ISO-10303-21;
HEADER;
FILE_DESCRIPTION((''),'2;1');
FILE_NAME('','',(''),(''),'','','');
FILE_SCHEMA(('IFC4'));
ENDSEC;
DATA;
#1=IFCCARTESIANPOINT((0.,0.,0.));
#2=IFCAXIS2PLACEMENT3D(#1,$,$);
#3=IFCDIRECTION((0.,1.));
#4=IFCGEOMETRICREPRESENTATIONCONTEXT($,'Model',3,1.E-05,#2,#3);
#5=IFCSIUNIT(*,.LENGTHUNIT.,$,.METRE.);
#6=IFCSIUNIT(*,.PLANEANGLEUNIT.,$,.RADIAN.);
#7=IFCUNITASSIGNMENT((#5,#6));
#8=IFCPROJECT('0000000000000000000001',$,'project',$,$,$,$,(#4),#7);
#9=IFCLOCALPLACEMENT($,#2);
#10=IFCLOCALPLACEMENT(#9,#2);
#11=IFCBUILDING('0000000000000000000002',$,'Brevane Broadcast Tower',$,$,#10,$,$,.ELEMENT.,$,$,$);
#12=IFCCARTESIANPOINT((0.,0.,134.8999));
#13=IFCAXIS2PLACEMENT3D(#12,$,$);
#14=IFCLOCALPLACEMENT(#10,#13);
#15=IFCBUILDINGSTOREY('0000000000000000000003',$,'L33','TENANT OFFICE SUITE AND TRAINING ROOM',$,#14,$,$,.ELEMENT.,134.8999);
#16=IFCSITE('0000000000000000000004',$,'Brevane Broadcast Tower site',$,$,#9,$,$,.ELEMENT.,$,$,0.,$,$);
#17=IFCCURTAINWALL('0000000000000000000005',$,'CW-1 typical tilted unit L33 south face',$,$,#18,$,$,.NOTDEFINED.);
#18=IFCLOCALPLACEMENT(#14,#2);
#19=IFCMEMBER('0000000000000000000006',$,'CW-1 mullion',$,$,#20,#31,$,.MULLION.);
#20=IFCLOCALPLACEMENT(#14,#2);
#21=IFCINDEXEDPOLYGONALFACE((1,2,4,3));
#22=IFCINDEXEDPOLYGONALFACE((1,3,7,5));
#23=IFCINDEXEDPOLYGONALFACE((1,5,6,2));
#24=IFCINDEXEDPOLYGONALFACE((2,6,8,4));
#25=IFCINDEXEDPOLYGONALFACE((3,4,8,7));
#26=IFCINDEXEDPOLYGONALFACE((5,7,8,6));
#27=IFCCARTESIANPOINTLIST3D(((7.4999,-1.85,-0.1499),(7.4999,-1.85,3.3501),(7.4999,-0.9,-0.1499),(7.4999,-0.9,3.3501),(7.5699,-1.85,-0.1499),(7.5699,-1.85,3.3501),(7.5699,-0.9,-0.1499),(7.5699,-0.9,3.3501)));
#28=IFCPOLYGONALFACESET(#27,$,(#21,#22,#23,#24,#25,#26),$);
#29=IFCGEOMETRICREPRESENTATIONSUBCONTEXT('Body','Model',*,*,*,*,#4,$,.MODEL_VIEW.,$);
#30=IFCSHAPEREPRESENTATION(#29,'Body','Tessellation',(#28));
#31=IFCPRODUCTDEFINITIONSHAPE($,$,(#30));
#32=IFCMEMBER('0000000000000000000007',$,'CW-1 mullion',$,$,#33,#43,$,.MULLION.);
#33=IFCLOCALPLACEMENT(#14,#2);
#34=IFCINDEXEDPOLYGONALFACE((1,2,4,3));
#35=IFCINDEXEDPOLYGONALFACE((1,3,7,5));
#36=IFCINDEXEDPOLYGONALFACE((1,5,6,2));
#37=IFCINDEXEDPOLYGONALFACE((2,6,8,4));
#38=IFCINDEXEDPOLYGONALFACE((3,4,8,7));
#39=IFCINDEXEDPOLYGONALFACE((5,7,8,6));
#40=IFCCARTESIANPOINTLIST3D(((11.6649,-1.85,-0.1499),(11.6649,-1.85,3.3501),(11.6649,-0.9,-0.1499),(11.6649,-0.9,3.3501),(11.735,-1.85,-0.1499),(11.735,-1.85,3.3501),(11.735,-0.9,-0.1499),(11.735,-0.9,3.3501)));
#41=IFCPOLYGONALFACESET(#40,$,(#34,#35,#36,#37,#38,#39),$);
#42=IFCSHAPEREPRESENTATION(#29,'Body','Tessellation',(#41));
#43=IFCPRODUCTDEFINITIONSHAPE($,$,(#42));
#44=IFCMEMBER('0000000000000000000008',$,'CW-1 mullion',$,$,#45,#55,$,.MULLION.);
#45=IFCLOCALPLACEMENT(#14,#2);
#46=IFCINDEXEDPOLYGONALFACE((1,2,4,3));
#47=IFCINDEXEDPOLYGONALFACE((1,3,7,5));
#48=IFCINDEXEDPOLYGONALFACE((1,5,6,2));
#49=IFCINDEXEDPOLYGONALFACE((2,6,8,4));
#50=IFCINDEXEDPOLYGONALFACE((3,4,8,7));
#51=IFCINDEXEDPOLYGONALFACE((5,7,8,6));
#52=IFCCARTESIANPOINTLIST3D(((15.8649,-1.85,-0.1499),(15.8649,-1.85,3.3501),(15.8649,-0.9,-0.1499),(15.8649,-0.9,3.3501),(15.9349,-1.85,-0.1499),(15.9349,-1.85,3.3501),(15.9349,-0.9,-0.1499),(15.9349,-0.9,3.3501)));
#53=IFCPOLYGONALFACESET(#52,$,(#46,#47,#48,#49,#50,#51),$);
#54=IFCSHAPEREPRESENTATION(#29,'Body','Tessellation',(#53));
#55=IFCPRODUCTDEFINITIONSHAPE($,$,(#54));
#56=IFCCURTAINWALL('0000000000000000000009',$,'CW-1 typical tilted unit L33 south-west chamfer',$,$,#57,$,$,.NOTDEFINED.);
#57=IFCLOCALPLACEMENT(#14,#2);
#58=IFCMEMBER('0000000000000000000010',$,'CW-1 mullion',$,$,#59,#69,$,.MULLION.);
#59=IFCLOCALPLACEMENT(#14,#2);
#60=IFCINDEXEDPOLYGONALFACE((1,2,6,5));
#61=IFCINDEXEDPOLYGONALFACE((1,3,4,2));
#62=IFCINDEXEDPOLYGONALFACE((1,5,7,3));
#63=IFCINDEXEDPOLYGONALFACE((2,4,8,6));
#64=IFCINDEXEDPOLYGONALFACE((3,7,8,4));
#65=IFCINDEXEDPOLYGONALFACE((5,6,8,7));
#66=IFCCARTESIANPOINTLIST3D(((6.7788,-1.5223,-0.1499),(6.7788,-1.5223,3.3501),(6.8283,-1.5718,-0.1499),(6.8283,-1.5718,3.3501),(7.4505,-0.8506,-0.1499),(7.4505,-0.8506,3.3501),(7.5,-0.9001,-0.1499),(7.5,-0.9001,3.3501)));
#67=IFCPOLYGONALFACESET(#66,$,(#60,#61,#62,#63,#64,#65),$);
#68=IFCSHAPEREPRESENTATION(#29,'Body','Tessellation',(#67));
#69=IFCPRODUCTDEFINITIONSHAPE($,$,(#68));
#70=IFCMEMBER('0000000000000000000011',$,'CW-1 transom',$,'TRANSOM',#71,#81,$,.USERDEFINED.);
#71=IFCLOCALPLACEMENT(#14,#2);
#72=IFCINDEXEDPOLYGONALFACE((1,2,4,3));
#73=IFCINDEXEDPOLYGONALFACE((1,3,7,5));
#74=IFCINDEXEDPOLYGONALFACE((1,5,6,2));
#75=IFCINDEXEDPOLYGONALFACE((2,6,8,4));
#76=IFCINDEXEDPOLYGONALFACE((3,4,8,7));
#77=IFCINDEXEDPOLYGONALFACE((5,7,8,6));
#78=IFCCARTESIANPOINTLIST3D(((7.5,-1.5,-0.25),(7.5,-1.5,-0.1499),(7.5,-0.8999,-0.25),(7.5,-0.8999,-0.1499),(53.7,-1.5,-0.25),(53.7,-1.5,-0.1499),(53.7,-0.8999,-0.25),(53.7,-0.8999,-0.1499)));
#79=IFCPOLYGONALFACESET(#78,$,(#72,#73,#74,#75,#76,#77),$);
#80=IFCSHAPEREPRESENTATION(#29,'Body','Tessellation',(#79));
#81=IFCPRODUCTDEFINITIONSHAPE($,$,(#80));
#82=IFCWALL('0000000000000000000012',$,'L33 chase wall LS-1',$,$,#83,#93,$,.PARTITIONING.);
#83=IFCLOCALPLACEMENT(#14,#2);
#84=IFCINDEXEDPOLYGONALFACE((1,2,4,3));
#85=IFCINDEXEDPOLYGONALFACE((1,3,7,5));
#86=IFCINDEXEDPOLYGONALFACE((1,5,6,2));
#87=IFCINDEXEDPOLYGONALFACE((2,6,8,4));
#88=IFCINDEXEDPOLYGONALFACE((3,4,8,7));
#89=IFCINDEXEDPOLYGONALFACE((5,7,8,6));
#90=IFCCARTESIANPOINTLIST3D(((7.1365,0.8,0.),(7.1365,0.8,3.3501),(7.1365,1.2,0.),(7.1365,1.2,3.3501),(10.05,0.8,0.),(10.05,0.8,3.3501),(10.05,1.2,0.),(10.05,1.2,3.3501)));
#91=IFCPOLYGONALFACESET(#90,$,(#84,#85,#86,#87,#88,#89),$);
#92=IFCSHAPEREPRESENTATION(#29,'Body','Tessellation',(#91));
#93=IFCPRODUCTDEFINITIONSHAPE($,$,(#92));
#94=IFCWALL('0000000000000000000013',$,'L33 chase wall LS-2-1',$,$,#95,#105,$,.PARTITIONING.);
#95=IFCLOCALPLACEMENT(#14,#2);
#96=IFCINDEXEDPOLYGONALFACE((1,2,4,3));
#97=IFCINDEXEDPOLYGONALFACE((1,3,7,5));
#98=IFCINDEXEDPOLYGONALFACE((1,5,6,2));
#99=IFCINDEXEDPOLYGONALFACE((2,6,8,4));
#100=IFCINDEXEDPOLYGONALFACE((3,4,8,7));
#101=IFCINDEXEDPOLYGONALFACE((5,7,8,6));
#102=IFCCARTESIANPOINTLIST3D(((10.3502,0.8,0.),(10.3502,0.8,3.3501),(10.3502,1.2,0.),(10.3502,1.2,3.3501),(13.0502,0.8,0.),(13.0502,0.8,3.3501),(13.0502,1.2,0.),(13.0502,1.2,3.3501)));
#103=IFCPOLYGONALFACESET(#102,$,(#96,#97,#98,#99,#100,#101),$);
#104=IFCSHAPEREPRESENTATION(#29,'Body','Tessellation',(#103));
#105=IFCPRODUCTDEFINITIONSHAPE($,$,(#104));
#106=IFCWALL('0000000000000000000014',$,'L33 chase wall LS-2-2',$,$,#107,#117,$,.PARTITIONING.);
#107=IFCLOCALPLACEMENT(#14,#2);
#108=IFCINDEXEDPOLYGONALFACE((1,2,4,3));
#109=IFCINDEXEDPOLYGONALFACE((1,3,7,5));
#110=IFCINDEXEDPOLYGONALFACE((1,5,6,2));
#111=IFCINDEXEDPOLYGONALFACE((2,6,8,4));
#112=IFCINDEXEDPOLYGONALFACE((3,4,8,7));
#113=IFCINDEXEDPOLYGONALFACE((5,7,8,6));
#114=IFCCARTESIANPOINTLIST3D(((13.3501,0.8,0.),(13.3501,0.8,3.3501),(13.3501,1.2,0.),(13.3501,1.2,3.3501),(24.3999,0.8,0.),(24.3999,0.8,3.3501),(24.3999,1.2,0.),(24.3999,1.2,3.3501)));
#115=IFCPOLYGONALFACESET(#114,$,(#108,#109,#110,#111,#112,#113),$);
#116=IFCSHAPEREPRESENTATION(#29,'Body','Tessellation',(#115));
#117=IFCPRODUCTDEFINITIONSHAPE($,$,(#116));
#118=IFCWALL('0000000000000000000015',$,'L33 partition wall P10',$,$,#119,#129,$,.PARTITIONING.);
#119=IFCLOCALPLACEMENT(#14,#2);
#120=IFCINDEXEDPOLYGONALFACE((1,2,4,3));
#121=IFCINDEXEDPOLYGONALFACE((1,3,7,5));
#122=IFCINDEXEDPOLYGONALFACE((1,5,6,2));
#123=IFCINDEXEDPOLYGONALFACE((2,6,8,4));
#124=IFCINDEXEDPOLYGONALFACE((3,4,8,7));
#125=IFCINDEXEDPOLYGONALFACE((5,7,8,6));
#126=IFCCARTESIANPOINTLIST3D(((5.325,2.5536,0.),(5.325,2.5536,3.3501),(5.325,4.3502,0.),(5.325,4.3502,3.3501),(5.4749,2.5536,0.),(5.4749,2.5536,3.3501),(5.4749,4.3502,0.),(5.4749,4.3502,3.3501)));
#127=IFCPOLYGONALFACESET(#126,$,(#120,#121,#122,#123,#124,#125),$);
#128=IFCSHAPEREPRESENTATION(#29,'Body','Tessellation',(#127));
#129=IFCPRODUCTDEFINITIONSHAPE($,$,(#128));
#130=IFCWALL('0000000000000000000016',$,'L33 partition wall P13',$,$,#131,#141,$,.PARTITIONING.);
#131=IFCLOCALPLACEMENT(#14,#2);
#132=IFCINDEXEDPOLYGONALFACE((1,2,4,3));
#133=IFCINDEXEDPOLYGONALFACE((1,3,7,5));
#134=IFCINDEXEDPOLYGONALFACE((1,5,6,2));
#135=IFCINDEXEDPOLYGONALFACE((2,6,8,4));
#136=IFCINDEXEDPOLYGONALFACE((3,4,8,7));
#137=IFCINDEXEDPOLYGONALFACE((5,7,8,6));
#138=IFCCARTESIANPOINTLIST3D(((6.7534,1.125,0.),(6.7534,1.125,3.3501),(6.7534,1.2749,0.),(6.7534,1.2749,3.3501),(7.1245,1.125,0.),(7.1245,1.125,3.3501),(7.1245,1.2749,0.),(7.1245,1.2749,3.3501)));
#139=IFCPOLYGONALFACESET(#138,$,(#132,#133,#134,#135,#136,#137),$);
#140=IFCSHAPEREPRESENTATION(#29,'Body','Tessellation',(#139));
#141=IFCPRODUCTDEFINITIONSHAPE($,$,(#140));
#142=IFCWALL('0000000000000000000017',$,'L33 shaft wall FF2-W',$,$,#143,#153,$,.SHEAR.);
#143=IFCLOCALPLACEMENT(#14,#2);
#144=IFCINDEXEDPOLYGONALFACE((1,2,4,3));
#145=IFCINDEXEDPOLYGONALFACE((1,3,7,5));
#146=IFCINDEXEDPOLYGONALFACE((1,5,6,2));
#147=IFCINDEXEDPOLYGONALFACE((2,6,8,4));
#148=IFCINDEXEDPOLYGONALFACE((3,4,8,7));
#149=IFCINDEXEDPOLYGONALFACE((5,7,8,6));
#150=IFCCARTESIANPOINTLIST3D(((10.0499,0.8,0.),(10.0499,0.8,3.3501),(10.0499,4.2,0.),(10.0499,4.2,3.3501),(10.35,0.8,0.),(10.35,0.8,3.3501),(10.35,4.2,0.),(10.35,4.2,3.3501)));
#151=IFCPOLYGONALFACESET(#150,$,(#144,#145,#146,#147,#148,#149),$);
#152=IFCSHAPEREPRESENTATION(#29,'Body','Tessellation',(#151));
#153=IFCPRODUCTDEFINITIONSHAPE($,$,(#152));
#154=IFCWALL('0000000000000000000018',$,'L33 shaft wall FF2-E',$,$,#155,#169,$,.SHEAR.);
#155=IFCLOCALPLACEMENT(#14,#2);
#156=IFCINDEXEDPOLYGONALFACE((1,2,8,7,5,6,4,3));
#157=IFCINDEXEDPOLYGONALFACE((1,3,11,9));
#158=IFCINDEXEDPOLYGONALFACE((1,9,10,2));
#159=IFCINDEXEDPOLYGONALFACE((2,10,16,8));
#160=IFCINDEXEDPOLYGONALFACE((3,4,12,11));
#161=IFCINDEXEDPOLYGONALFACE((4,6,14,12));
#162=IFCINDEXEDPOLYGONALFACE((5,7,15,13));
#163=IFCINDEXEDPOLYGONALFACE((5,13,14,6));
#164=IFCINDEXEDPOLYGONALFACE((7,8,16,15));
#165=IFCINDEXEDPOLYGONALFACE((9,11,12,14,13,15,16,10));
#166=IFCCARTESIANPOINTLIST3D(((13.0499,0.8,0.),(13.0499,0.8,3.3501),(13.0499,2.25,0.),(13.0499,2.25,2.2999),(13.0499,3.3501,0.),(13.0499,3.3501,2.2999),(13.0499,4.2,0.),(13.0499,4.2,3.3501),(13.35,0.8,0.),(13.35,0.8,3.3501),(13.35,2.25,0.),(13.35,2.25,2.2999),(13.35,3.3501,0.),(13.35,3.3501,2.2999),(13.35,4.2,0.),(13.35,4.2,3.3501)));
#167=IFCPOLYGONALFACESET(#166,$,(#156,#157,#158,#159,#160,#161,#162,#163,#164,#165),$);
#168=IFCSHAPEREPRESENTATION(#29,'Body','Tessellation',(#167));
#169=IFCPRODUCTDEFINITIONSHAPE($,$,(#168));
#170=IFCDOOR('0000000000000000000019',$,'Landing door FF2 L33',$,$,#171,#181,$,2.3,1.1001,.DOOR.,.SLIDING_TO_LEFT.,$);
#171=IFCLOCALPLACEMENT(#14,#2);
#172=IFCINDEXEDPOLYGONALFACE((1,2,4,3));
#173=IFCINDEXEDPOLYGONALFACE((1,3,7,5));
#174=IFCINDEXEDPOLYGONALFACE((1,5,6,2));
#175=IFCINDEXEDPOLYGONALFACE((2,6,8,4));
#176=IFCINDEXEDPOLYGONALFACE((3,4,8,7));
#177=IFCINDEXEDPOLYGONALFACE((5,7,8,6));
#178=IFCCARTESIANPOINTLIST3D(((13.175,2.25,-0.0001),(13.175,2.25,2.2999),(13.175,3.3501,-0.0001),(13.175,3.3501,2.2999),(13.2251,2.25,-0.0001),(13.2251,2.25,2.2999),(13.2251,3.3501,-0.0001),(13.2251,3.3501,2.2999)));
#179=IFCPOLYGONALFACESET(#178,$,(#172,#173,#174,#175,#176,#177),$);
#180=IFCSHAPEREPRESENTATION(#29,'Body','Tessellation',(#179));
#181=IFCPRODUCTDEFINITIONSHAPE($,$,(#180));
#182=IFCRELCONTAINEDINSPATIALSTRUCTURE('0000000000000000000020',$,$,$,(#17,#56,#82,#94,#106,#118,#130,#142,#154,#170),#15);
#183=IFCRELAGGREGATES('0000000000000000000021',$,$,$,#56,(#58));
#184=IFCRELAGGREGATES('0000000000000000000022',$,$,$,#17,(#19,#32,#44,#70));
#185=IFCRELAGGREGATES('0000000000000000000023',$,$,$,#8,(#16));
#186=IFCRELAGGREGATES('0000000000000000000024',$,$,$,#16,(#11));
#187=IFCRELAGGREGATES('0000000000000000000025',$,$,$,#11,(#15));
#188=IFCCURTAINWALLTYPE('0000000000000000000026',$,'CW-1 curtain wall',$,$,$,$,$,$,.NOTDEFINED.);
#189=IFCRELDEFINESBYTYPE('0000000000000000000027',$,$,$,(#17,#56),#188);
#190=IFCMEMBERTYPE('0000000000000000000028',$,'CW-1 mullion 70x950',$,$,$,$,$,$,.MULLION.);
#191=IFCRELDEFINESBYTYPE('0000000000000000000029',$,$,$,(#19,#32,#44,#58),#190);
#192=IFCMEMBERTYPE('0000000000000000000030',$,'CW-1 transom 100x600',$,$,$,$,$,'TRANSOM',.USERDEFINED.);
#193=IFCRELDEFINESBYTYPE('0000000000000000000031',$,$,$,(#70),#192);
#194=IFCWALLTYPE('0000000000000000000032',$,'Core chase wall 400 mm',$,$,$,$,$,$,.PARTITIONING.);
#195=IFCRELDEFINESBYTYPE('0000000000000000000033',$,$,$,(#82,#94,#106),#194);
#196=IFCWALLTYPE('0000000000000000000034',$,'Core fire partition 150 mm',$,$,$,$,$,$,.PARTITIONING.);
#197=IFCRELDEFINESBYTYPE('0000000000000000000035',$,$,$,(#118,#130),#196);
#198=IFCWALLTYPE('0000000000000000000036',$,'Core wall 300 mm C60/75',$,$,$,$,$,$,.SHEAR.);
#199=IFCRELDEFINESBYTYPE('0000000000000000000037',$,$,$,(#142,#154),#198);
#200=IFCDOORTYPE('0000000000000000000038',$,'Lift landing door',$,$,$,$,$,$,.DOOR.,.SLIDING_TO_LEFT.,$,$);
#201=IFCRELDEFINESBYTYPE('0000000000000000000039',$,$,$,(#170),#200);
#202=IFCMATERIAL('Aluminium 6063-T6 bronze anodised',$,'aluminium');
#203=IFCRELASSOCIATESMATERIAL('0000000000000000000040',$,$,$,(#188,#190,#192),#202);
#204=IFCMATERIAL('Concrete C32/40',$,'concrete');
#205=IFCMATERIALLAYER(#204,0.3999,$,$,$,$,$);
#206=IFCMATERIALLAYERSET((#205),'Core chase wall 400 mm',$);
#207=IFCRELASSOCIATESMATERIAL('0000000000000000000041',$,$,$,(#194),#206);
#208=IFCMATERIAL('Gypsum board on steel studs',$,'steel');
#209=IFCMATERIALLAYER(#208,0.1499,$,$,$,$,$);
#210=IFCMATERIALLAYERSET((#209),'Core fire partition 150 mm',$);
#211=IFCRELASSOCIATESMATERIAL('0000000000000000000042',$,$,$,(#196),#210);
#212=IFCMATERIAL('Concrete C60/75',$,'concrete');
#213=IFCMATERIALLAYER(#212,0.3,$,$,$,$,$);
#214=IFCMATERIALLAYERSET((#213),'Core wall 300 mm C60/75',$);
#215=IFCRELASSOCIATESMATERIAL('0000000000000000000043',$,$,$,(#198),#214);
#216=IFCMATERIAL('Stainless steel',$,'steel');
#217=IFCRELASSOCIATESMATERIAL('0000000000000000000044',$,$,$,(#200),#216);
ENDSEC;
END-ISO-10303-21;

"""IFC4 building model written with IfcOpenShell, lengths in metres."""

from ifc_helpers import new_model, si_unit, direction, frame, frame_2d, origin, origin_2d, place, context, subcontext, project, spatial, rectangle, extrude, material, layer, layer_set, material_profile, profile_set, type_object, element, fill, aggregate, save


model = new_model("IFC4")

# Units and contexts
model_context = context("Model", 3, precision=1e-05, world=origin(), true_north=direction((0.0, 1.0)))
body_context = subcontext(model_context, "Body", "Model", "MODEL_VIEW")
ifc_project = project(units=[si_unit("LENGTHUNIT", "METRE"), si_unit("PLANEANGLEUNIT", "RADIAN")], contexts=[model_context])

# Site, building, storey
site_placement = place(None, origin())
site = spatial("IfcSite", under=ifc_project, at=site_placement, Name="Brevane Broadcast Tower site", CompositionType="ELEMENT", RefElevation=0.0)
building_placement = place(site_placement, origin())
building = spatial("IfcBuilding", under=site, at=building_placement, Name="Brevane Broadcast Tower", CompositionType="ELEMENT")
storey_placement = place(building_placement, frame((0.0, 0.0, 134.8999)))
storey = spatial("IfcBuildingStorey", under=building, at=storey_placement, Name="L33", Description="TENANT OFFICE SUITE AND TRAINING ROOM", CompositionType="ELEMENT", Elevation=134.8999)

# Curtain wall, members
ifc_material_1 = material(Name="Aluminium 6063-T6 bronze anodised", Category="aluminium")
curtain_wall_type = type_object("IfcCurtainWallType", Name="CW-1 curtain wall", PredefinedType="NOTDEFINED", material=ifc_material_1)
curtain_wall_1_placement = place(storey_placement, origin())
curtain_wall_1 = element("IfcCurtainWall", 1, at=curtain_wall_1_placement, inside=storey, type_object=curtain_wall_type, Name="CW-1 typical tilted unit L33 south face", PredefinedType="NOTDEFINED")
ifc_material_profile_1 = material_profile(ifc_material_1, rectangle(XDim=0.95, YDim=0.0701, at=origin_2d()), Name="RECT 70x950")
ifc_profile_set_1 = profile_set([ifc_material_profile_1], Name="Aluminium 6063-T6 bronze anodised")
member_type_1 = type_object("IfcMemberType", Name="CW-1 mullion 70x950", PredefinedType="MULLION", material=ifc_profile_set_1)
member_1_placement = place(storey_placement, frame((7.5349, -1.375, -0.1499), z_axis=(0.0, 0.0, 1.0), x_axis=(0.0, 1.0, 0.0)))
member_1 = element("IfcMember", 2, at=member_1_placement, type_object=member_type_1, Name="CW-1 mullion", PredefinedType="MULLION", context=body_context, shape_type="SweptSolid", body=[
    extrude(rectangle(XDim=0.95, YDim=0.0701, at=origin_2d()), origin(), (0.0, 0.0, 1.0), 3.5),
])
member_2_placement = place(storey_placement, frame((11.7, -1.375, -0.1499), z_axis=(0.0, 0.0, 1.0), x_axis=(0.0, 1.0, 0.0)))
member_2 = element("IfcMember", 3, at=member_2_placement, type_object=member_type_1, Name="CW-1 mullion", PredefinedType="MULLION", context=body_context, shape_type="SweptSolid", body=[
    extrude(rectangle(XDim=0.95, YDim=0.0701, at=origin_2d()), origin(), (0.0, 0.0, 1.0), 3.5),
])
member_3_placement = place(storey_placement, frame((15.8999, -1.375, -0.1499), z_axis=(0.0, 0.0, 1.0), x_axis=(0.0, 1.0, 0.0)))
member_3 = element("IfcMember", 4, at=member_3_placement, type_object=member_type_1, Name="CW-1 mullion", PredefinedType="MULLION", context=body_context, shape_type="SweptSolid", body=[
    extrude(rectangle(XDim=0.95, YDim=0.0701, at=origin_2d()), origin(), (0.0, 0.0, 1.0), 3.5),
])

# Curtain wall, member
curtain_wall_2_placement = place(storey_placement, origin())
curtain_wall_2 = element("IfcCurtainWall", 5, at=curtain_wall_2_placement, inside=storey, type_object=curtain_wall_type, Name="CW-1 typical tilted unit L33 south-west chamfer", PredefinedType="NOTDEFINED")
member_4_placement = place(storey_placement, frame((7.1394, -1.2112, -0.1499), z_axis=(0.0, 0.0, 1.0), x_axis=(0.707107, 0.707107, 0.0)))
member_4 = element("IfcMember", 6, at=member_4_placement, type_object=member_type_1, Name="CW-1 mullion", PredefinedType="MULLION", context=body_context, shape_type="SweptSolid", body=[
    extrude(rectangle(XDim=0.95, YDim=0.0701, at=origin_2d()), origin(), (0.0, 0.0, 1.0), 3.5),
])
aggregate(curtain_wall_2, [member_4])

# Member
ifc_material_profile_2 = material_profile(ifc_material_1, rectangle(XDim=0.6001, YDim=0.1001, at=origin_2d()), Name="RECT 100x600")
ifc_profile_set_2 = profile_set([ifc_material_profile_2], Name="Aluminium 6063-T6 bronze anodised")
member_type_2 = type_object("IfcMemberType", Name="CW-1 transom 100x600", ElementType="TRANSOM", PredefinedType="USERDEFINED", material=ifc_profile_set_2)
member_5_placement = place(storey_placement, frame((7.5, -1.2, -0.2), z_axis=(1.0, 0.0, 0.0), x_axis=(0.0, 1.0, 0.0)))
member_5 = element("IfcMember", 7, at=member_5_placement, type_object=member_type_2, Name="CW-1 transom", ObjectType="TRANSOM", PredefinedType="USERDEFINED", context=body_context, shape_type="SweptSolid", body=[
    extrude(rectangle(XDim=0.6001, YDim=0.1001, at=origin_2d()), origin(), (0.0, 0.0, 1.0), 46.2),
])
aggregate(curtain_wall_1, [member_1, member_2, member_3, member_5])

# Walls
ifc_material_2 = material(Name="Concrete C32/40", Category="concrete")
ifc_layer_1 = layer(ifc_material_2, 0.3999)
ifc_layer_set_1 = layer_set([ifc_layer_1], Name="Core chase wall 400 mm")
wall_type_1 = type_object("IfcWallType", Name="Core chase wall 400 mm", PredefinedType="PARTITIONING", material=ifc_layer_set_1)
wall_1_placement = place(storey_placement, frame((7.1365, 1.0, 0.0), z_axis=(0.0, 0.0, 1.0), x_axis=(1.0, 0.0, 0.0)))
element("IfcWall", 8, at=wall_1_placement, inside=storey, type_object=wall_type_1, Name="L33 chase wall LS-1", PredefinedType="PARTITIONING", context=body_context, shape_type="SweptSolid", body=[
    extrude(rectangle(XDim=2.9136, YDim=0.3999, at=frame_2d((1.4568, 0.0))), origin(), (0.0, 0.0, 1.0), 3.3501),
])
wall_2_placement = place(storey_placement, frame((10.3501, 1.0, 0.0), z_axis=(0.0, 0.0, 1.0), x_axis=(1.0, 0.0, 0.0)))
element("IfcWall", 9, at=wall_2_placement, inside=storey, type_object=wall_type_1, Name="L33 chase wall LS-2-1", PredefinedType="PARTITIONING", context=body_context, shape_type="SweptSolid", body=[
    extrude(rectangle(XDim=2.7, YDim=0.3999, at=frame_2d((1.3501, 0.0))), origin(), (0.0, 0.0, 1.0), 3.3501),
])
wall_3_placement = place(storey_placement, frame((13.3501, 1.0, 0.0), z_axis=(0.0, 0.0, 1.0), x_axis=(1.0, 0.0, 0.0)))
element("IfcWall", 10, at=wall_3_placement, inside=storey, type_object=wall_type_1, Name="L33 chase wall LS-2-2", PredefinedType="PARTITIONING", context=body_context, shape_type="SweptSolid", body=[
    extrude(rectangle(XDim=11.0498, YDim=0.3999, at=frame_2d((5.5249, 0.0))), origin(), (0.0, 0.0, 1.0), 3.3501),
])
ifc_material_3 = material(Name="Gypsum board on steel studs", Category="steel")
ifc_layer_2 = layer(ifc_material_3, 0.1499)
ifc_layer_set_2 = layer_set([ifc_layer_2], Name="Core fire partition 150 mm")
wall_type_2 = type_object("IfcWallType", Name="Core fire partition 150 mm", PredefinedType="PARTITIONING", material=ifc_layer_set_2)
wall_4_placement = place(storey_placement, frame((5.3999, 2.5535, 0.0), z_axis=(0.0, 0.0, 1.0), x_axis=(0.0, 1.0, 0.0)))
element("IfcWall", 11, at=wall_4_placement, inside=storey, type_object=wall_type_2, Name="L33 partition wall P10", PredefinedType="PARTITIONING", context=body_context, shape_type="SweptSolid", body=[
    extrude(rectangle(XDim=1.7966, YDim=0.1499, at=frame_2d((0.8984, 0.0))), origin(), (0.0, 0.0, 1.0), 3.3501),
])
wall_5_placement = place(storey_placement, frame((7.1245, 1.2, 0.0), z_axis=(0.0, 0.0, 1.0), x_axis=(-1.0, 0.0, 0.0)))
element("IfcWall", 12, at=wall_5_placement, inside=storey, type_object=wall_type_2, Name="L33 partition wall P13", PredefinedType="PARTITIONING", context=body_context, shape_type="SweptSolid", body=[
    extrude(rectangle(XDim=0.3711, YDim=0.1499, at=frame_2d((0.1855, 0.0))), origin(), (0.0, 0.0, 1.0), 3.3501),
])
ifc_material_4 = material(Name="Concrete C60/75", Category="concrete")
ifc_layer_3 = layer(ifc_material_4, 0.3)
ifc_layer_set_3 = layer_set([ifc_layer_3], Name="Core wall 300 mm C60/75")
wall_type_3 = type_object("IfcWallType", Name="Core wall 300 mm C60/75", PredefinedType="SHEAR", material=ifc_layer_set_3)
wall_6_placement = place(storey_placement, frame((10.2, 0.8, 0.0), z_axis=(0.0, 0.0, 1.0), x_axis=(0.0, 1.0, 0.0)))
element("IfcWall", 13, at=wall_6_placement, inside=storey, type_object=wall_type_3, Name="L33 shaft wall FF2-W", PredefinedType="SHEAR", context=body_context, shape_type="SweptSolid", body=[
    extrude(rectangle(XDim=3.3999, YDim=0.3, at=frame_2d((1.7, 0.0))), origin(), (0.0, 0.0, 1.0), 3.3501),
])

# Wall, opening, door
wall_7_placement = place(storey_placement, frame((13.2, 0.8, 0.0), z_axis=(0.0, 0.0, 1.0), x_axis=(0.0, 1.0, 0.0)))
wall_7 = element("IfcWall", 14, at=wall_7_placement, inside=storey, type_object=wall_type_3, Name="L33 shaft wall FF2-E", PredefinedType="SHEAR", context=body_context, shape_type="SweptSolid", body=[
    extrude(rectangle(XDim=3.3999, YDim=0.3, at=frame_2d((1.7, 0.0))), origin(), (0.0, 0.0, 1.0), 3.3501),
])
opening_1_placement = place(wall_7_placement, frame((1.45, 0.0, 0.0)))
opening_1 = element("IfcOpeningElement", 15, at=opening_1_placement, cuts=wall_7, PredefinedType="OPENING", context=body_context, shape_type="SweptSolid", body=[
    extrude(rectangle(XDim=1.1001, YDim=2.3, at=frame_2d((0.55, 1.1499))), frame((0.0, 0.1599, 0.0), z_axis=(0.0, -1.0, 0.0), x_axis=(1.0, 0.0, 0.0)), (0.0, 0.0, 1.0), 0.3201),
])
ifc_material_5 = material(Name="Stainless steel", Category="steel")
door_type_1 = type_object("IfcDoorType", Name="Lift landing door", OperationType="SLIDING_TO_LEFT", PredefinedType="DOOR", material=ifc_material_5)
door_1_placement = place(opening_1_placement, origin())
door_1 = element("IfcDoor", 16, at=door_1_placement, inside=storey, type_object=door_type_1, Name="Landing door FF2 L33", OperationType="SLIDING_TO_LEFT", OverallHeight=2.3, OverallWidth=1.1001, PredefinedType="DOOR", context=body_context, shape_type="SweptSolid", body=[
    extrude(rectangle(XDim=1.1001, YDim=2.3, at=frame_2d((0.55, 1.1499))), frame((0.0, 0.0249, 0.0), z_axis=(0.0, -1.0, 0.0), x_axis=(1.0, 0.0, 0.0)), (0.0, 0.0, 1.0), 0.05),
])
fill(opening_1, door_1)

save(model, "model.ifc")
